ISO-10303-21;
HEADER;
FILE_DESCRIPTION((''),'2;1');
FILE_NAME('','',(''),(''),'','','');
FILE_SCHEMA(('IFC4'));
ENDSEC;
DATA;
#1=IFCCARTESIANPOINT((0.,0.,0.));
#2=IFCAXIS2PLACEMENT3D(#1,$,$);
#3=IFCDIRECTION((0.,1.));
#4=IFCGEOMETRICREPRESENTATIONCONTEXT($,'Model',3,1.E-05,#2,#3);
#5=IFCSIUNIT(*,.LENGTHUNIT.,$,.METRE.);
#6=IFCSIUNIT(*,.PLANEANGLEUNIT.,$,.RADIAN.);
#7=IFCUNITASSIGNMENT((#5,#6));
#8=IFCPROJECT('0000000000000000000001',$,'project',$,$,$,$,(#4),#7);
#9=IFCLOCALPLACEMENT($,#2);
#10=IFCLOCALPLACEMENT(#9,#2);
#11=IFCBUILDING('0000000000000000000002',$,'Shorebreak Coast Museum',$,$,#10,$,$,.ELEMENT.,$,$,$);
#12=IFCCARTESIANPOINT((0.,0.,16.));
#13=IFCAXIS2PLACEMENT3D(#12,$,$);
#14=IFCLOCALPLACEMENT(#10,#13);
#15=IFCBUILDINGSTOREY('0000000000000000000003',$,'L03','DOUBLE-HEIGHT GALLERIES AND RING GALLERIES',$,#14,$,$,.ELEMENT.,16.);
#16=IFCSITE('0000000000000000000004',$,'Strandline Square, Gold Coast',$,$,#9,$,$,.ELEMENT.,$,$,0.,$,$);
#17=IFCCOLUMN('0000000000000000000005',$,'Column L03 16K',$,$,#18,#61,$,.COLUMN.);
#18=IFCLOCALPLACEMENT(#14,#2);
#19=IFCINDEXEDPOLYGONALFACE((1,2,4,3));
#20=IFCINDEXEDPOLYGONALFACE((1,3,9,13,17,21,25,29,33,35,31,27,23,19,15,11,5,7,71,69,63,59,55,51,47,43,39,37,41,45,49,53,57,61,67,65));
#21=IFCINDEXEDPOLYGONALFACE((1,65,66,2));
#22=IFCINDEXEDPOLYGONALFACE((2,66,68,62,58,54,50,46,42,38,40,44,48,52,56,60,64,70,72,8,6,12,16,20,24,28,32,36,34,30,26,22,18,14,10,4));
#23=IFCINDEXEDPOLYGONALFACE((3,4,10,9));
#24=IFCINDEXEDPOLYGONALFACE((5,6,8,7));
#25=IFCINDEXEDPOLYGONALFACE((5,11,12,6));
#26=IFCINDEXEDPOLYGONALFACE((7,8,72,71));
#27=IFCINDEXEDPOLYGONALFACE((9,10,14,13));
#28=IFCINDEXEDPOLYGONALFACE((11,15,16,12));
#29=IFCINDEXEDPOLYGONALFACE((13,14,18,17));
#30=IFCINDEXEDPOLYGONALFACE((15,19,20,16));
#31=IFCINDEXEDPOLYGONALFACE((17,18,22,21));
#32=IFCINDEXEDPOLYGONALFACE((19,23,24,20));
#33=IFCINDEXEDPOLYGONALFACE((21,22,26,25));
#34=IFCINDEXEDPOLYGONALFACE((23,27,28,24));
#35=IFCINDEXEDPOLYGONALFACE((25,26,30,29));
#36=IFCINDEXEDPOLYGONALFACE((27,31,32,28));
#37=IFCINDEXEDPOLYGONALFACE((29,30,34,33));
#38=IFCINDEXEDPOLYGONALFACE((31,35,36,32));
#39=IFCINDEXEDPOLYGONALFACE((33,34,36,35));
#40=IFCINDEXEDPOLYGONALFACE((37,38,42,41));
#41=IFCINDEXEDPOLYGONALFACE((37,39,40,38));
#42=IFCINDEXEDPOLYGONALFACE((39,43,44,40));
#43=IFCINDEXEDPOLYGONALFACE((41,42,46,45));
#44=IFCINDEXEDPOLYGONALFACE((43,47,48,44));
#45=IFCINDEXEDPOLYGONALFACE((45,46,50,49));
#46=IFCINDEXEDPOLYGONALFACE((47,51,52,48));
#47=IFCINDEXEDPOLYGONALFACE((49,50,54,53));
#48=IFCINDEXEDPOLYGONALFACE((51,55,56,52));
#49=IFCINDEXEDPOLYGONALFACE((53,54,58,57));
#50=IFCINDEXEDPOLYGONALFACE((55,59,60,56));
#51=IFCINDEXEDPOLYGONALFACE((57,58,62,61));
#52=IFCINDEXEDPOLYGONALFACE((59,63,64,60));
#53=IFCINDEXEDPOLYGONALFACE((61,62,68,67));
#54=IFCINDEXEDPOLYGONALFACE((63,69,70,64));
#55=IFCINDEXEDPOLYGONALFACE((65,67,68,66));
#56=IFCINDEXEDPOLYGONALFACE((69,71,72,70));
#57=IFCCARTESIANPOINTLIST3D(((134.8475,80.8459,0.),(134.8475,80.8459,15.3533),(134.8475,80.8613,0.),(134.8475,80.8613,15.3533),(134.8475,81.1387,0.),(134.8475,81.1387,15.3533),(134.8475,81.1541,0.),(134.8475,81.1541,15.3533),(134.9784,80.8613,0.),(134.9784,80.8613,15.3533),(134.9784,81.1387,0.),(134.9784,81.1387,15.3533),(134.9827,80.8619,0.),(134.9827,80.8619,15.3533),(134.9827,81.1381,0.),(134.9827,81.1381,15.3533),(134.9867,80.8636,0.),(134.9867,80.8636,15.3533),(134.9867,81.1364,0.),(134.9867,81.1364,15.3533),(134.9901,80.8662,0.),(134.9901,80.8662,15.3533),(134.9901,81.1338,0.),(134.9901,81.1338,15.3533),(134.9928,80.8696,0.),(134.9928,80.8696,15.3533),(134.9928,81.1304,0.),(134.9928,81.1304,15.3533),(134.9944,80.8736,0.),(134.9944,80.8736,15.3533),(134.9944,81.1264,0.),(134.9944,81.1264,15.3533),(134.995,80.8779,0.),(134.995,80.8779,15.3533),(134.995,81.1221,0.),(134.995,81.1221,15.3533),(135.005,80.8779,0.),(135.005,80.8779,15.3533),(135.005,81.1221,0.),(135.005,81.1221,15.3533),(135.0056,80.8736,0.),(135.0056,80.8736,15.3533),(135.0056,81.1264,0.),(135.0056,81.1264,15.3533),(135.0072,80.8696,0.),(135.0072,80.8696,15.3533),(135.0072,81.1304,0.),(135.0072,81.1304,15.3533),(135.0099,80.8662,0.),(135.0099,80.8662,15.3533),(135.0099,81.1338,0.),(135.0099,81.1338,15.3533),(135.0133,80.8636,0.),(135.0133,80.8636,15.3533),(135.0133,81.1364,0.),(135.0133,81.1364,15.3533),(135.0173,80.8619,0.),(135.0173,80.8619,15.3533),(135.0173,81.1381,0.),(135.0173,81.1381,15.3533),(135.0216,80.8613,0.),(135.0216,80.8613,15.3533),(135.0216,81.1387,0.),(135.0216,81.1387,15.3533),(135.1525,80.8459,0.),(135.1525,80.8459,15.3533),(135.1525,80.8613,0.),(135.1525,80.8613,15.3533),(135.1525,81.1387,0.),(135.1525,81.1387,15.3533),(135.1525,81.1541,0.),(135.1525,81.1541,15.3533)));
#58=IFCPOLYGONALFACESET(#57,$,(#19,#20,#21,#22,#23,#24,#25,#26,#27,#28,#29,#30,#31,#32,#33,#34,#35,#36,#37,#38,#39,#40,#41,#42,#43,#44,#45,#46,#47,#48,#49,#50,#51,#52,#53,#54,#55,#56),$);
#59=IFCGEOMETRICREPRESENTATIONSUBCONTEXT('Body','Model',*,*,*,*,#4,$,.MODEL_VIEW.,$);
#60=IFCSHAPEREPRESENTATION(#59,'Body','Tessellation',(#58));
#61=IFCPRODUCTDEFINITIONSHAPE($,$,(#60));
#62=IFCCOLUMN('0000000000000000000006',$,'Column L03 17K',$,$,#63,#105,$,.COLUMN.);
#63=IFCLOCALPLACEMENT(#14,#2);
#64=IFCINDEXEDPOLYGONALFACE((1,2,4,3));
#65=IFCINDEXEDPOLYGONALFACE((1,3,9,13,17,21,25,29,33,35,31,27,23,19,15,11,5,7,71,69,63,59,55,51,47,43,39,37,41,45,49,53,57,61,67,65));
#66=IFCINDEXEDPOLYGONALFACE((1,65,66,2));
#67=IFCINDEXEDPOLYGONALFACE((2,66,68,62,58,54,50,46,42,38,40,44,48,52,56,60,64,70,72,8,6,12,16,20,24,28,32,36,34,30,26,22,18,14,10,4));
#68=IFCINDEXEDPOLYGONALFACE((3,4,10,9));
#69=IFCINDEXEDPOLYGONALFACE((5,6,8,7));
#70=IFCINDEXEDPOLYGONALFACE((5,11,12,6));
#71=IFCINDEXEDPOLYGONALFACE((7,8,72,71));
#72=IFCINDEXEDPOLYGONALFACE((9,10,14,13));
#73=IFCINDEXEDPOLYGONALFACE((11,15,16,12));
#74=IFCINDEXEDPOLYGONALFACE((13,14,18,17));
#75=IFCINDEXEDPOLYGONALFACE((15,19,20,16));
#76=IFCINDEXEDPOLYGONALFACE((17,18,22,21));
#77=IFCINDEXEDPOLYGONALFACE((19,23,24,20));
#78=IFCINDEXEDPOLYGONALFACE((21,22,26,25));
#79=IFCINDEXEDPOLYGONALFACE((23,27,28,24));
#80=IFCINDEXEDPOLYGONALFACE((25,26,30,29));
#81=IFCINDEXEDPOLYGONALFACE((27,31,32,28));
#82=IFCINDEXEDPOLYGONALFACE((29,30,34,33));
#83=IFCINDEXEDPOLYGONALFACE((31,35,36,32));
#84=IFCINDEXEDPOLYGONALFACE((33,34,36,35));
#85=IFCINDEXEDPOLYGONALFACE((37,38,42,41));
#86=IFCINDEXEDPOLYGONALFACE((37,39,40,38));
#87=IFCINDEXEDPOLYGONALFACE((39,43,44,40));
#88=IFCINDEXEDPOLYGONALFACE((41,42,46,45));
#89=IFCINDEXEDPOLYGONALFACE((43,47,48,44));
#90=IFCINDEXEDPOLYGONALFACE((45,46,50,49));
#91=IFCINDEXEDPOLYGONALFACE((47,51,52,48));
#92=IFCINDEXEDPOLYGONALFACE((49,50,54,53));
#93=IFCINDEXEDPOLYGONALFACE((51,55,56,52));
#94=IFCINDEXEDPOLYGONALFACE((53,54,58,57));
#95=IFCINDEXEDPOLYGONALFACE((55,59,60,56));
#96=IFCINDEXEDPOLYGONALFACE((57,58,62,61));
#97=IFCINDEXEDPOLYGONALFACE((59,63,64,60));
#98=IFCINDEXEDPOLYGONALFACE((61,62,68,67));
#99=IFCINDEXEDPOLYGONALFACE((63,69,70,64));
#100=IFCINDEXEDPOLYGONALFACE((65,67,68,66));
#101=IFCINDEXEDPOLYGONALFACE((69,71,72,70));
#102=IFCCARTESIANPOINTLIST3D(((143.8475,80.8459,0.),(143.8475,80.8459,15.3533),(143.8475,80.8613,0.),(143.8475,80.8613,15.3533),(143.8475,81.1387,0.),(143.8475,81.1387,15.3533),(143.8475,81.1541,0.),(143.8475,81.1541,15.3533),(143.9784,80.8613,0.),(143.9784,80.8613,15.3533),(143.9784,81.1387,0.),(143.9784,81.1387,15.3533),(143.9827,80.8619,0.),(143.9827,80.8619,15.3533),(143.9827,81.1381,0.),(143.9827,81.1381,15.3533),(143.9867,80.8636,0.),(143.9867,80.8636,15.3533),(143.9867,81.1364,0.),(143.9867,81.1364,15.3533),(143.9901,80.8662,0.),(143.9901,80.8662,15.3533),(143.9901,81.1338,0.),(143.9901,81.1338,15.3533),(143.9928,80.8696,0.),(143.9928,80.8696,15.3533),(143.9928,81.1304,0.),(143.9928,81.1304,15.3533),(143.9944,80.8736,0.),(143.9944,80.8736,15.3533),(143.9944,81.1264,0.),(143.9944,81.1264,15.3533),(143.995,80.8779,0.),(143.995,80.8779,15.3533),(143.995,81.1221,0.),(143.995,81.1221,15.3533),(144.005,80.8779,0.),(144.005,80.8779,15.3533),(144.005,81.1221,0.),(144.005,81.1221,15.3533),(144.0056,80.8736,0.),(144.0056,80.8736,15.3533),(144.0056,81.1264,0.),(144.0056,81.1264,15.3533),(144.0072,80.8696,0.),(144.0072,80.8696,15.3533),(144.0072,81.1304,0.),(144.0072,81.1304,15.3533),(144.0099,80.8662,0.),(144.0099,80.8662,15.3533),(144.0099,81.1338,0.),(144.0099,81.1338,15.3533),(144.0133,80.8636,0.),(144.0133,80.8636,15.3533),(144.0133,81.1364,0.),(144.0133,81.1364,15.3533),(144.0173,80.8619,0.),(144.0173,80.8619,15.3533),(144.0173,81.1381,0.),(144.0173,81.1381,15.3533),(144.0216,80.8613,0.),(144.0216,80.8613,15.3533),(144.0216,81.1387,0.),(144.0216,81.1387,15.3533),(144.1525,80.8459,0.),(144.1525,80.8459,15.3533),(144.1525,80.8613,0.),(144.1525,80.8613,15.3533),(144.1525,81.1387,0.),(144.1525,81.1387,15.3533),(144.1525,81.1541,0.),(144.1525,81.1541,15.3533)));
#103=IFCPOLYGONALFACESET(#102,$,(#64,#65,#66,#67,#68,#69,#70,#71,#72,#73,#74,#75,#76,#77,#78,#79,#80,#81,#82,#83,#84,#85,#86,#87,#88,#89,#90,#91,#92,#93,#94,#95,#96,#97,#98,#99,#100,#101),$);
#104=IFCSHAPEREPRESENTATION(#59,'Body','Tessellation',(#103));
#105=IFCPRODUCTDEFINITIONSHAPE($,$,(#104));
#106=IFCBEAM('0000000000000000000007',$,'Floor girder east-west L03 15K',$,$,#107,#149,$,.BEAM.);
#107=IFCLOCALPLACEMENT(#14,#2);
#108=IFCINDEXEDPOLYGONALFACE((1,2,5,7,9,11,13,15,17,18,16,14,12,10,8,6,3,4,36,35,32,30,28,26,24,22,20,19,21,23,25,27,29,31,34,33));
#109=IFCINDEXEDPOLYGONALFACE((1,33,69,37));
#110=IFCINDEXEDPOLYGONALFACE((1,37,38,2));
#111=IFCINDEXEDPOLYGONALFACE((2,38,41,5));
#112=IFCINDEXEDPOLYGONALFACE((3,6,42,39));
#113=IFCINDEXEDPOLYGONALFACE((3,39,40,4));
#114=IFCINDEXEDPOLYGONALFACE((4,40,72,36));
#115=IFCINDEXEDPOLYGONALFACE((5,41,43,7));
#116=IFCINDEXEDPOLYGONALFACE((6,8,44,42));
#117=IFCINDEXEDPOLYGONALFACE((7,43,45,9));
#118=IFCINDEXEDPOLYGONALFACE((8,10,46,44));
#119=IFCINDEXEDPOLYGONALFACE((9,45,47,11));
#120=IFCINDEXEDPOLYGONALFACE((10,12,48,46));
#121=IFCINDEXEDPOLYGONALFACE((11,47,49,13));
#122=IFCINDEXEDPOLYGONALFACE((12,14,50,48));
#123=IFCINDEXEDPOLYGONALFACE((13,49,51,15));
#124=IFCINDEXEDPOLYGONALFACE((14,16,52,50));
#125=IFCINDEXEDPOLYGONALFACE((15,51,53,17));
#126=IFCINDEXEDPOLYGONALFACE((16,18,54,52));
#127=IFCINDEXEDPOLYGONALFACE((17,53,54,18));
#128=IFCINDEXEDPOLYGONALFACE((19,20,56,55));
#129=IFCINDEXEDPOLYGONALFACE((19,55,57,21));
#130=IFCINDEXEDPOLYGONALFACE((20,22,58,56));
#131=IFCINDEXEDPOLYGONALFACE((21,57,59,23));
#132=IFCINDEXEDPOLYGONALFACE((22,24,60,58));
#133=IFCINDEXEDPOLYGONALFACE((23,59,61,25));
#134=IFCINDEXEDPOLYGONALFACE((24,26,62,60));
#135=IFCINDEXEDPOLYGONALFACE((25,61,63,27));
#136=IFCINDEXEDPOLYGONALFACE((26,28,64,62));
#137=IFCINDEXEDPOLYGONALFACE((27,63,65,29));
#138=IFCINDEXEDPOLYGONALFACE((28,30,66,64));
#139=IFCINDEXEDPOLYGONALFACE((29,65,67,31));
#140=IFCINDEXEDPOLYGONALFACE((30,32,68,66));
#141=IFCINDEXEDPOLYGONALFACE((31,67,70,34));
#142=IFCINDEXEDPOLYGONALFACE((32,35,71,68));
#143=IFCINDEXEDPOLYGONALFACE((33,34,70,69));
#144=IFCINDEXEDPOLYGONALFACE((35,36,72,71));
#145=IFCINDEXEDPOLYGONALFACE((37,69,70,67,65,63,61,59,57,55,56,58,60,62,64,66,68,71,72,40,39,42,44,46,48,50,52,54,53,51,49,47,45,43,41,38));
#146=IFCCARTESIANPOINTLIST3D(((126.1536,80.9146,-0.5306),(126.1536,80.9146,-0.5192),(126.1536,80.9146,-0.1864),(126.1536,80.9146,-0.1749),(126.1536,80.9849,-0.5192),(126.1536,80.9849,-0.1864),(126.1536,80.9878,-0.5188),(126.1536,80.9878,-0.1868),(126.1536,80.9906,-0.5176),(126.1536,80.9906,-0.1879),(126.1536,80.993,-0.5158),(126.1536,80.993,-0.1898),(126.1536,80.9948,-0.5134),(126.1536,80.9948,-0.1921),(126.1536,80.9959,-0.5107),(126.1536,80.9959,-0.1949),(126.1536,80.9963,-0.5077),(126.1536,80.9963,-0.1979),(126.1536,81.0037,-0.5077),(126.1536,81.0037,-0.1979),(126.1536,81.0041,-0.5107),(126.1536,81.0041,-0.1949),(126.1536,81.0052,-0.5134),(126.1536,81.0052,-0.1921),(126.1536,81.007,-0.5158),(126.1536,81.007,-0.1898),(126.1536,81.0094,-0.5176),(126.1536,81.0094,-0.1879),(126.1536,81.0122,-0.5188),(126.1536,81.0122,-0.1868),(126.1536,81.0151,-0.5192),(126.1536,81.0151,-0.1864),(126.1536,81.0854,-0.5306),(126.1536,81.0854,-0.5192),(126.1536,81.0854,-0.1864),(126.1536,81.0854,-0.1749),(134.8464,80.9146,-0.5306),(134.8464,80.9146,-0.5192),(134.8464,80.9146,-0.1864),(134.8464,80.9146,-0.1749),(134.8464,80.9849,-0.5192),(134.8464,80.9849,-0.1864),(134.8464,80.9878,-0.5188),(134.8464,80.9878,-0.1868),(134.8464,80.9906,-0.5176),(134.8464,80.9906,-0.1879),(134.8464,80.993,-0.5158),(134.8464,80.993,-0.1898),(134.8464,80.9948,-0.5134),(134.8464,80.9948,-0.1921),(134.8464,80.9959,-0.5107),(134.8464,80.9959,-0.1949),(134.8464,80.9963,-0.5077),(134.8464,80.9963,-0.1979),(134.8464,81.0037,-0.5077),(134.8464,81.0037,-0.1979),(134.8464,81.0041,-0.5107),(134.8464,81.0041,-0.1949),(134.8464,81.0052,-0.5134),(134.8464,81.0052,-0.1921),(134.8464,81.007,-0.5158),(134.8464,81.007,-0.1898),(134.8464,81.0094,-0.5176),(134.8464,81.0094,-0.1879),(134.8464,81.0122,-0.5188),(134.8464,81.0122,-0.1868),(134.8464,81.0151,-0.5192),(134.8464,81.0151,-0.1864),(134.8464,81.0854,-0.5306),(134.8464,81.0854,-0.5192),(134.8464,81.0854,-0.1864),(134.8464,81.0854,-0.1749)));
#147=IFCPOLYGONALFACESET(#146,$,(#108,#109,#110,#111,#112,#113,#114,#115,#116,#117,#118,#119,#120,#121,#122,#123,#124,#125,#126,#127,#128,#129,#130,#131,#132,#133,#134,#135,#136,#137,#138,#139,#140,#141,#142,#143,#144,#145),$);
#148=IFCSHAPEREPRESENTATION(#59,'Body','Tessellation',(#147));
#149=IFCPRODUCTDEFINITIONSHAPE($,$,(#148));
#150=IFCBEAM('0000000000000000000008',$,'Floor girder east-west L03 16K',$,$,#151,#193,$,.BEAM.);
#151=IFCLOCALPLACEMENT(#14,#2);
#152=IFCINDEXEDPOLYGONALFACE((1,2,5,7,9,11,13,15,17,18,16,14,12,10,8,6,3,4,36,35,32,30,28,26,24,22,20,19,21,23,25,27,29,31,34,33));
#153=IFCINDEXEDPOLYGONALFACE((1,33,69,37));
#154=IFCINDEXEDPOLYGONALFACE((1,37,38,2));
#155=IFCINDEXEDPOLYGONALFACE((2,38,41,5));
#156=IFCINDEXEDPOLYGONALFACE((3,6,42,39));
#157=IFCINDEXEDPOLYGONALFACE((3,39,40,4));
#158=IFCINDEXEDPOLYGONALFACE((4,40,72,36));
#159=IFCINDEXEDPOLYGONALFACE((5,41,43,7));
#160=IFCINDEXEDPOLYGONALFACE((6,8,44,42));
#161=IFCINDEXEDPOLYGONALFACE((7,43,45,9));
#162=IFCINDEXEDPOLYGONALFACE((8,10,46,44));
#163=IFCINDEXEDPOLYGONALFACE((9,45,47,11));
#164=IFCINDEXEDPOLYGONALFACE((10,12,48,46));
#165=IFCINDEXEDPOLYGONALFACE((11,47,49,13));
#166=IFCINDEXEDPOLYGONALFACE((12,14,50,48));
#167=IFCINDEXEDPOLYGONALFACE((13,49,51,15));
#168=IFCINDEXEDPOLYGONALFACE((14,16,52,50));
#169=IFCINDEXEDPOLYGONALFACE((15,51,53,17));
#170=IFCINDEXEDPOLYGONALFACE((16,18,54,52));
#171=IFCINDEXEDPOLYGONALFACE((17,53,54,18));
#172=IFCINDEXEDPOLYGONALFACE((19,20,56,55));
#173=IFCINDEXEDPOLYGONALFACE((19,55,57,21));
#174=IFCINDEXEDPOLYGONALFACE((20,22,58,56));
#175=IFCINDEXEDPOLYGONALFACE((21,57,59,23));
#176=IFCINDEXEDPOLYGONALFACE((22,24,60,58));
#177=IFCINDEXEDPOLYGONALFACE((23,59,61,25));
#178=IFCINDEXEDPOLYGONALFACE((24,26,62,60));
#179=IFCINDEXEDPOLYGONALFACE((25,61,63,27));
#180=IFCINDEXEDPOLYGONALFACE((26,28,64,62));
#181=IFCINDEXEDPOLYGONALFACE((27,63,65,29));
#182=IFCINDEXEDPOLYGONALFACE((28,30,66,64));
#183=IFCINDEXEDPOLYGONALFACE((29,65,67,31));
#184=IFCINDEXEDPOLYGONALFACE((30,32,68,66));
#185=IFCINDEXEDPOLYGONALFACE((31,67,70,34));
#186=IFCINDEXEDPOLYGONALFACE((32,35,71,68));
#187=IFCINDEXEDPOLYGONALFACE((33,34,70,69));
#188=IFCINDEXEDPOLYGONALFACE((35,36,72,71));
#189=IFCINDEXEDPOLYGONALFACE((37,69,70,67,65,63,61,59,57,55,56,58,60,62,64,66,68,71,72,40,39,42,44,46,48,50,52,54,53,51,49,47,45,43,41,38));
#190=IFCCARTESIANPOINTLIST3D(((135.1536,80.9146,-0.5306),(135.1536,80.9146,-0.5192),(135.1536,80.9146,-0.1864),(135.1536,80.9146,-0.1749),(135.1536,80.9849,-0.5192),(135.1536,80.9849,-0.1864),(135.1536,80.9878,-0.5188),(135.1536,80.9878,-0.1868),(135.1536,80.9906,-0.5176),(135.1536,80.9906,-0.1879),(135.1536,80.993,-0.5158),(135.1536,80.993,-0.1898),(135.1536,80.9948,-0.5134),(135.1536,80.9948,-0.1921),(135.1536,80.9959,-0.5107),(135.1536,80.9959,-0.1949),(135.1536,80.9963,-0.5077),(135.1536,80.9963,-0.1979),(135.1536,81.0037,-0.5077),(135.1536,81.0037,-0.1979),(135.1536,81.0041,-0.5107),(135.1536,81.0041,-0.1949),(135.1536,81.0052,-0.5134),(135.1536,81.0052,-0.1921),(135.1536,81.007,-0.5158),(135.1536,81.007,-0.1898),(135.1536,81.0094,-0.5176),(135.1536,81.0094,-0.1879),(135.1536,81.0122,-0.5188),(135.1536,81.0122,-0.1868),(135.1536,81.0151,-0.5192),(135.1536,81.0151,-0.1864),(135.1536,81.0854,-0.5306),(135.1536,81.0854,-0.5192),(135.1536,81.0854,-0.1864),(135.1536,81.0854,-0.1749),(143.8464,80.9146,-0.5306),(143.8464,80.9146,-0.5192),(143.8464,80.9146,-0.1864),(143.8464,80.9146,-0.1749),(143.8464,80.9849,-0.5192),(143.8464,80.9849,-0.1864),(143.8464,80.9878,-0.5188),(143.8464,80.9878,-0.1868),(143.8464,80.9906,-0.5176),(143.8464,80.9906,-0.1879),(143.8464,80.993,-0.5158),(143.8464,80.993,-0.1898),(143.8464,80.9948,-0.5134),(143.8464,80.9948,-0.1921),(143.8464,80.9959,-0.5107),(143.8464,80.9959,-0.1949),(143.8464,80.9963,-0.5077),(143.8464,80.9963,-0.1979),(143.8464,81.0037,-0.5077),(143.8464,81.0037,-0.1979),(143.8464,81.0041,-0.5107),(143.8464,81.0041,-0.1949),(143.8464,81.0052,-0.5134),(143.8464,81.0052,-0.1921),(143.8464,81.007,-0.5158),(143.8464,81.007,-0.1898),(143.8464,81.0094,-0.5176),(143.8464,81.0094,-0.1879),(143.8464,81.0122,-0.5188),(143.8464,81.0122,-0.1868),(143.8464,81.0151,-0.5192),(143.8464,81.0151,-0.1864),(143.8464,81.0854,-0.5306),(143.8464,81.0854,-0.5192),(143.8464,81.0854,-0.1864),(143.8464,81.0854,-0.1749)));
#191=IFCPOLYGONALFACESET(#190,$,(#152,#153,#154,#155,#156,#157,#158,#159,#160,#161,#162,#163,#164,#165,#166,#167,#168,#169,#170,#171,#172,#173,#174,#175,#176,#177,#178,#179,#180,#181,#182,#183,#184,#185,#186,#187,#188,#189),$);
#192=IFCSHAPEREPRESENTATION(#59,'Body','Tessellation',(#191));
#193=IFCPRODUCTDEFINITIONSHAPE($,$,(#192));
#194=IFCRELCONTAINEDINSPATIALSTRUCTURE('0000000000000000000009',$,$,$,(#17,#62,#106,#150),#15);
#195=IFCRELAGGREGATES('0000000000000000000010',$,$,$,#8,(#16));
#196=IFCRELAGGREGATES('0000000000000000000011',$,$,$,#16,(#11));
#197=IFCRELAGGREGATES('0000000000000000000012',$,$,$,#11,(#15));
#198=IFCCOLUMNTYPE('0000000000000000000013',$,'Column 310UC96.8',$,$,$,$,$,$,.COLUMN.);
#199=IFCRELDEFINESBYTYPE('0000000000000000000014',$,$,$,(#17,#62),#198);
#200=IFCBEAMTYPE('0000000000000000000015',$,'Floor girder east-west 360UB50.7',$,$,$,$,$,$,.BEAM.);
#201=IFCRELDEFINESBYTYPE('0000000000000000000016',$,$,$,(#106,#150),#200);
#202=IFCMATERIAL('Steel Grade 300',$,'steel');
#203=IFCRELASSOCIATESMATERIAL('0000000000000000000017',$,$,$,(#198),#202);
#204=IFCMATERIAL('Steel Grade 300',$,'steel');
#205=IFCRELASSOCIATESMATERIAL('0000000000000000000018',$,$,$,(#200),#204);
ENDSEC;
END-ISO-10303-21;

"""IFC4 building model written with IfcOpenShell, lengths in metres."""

from ifc_helpers import new_model, si_unit, direction, frame, origin, origin_2d, place, context, subcontext, project, spatial, i_section, extrude, material, material_profile, profile_set, type_object, element, save


model = new_model("IFC4")

# Units and contexts
model_context = context("Model", 3, precision=1e-05, world=origin(), true_north=direction((0.0, 1.0)))
body_context = subcontext(model_context, "Body", "Model", "MODEL_VIEW")
ifc_project = project(units=[si_unit("LENGTHUNIT", "METRE"), si_unit("PLANEANGLEUNIT", "RADIAN")], contexts=[model_context])

# Site, building, storey
site_placement = place(None, origin())
site = spatial("IfcSite", under=ifc_project, at=site_placement, Name="Strandline Square, Gold Coast", CompositionType="ELEMENT", RefElevation=0.0)
building_placement = place(site_placement, origin())
building = spatial("IfcBuilding", under=site, at=building_placement, Name="Shorebreak Coast Museum", CompositionType="ELEMENT")
storey_placement = place(building_placement, frame((0.0, 0.0, 16.0)))
storey = spatial("IfcBuildingStorey", under=building, at=storey_placement, Name="L03", Description="DOUBLE-HEIGHT GALLERIES AND RING GALLERIES", CompositionType="ELEMENT", Elevation=16.0)

# Columns
ifc_material_1 = material(Name="Steel Grade 300", Category="steel")
ifc_material_profile_1 = material_profile(ifc_material_1, i_section(OverallWidth=0.3049, OverallDepth=0.3081, WebThickness=0.01, FlangeThickness=0.0154, FilletRadius=0.0166, at=origin_2d()), Name="310UC96.8")
ifc_profile_set_1 = profile_set([ifc_material_profile_1], Name="Steel Grade 300")
column_type = type_object("IfcColumnType", Name="Column 310UC96.8", PredefinedType="COLUMN", material=ifc_profile_set_1)
for number, where, z_axis, x_axis, name in (
    (1, (135.0, 81.0, 0.0), (0.0, 0.0, 1.0), (1.0, 0.0, 0.0), "Column L03 16K"),
    (2, (144.0, 81.0, 0.0), (0.0, 0.0, 1.0), (1.0, 0.0, 0.0), "Column L03 17K"),
):
    element("IfcColumn", number, at=place(storey_placement, frame(where, z_axis=z_axis, x_axis=x_axis)), inside=storey, type_object=column_type, Name=name, PredefinedType="COLUMN", context=body_context, shape_type="SweptSolid", body=[
        extrude(i_section(OverallWidth=0.3049, OverallDepth=0.3081, WebThickness=0.01, FlangeThickness=0.0154, FilletRadius=0.0166, at=origin_2d()), origin(), (0.0, 0.0, 1.0), 15.3533),
    ])

# Beams
ifc_material_2 = material(Name="Steel Grade 300", Category="steel")
ifc_material_profile_2 = material_profile(ifc_material_2, i_section(OverallWidth=0.1709, OverallDepth=0.3557, WebThickness=0.0073, FlangeThickness=0.0115, FilletRadius=0.0115, at=origin_2d()), Name="360UB50.7")
ifc_profile_set_2 = profile_set([ifc_material_profile_2], Name="Steel Grade 300")
beam_type_1 = type_object("IfcBeamType", Name="Floor girder east-west 360UB50.7", PredefinedType="BEAM", material=ifc_profile_set_2)
for number, where, z_axis, x_axis, name in (
    (3, (126.1536, 81.0, -0.3528), (1.0, 0.0, 0.0), (0.0, 1.0, 0.0), "Floor girder east-west L03 15K"),
    (4, (135.1536, 81.0, -0.3528), (1.0, 0.0, 0.0), (0.0, 1.0, 0.0), "Floor girder east-west L03 16K"),
):
    element("IfcBeam", number, at=place(storey_placement, frame(where, z_axis=z_axis, x_axis=x_axis)), inside=storey, type_object=beam_type_1, Name=name, PredefinedType="BEAM", context=body_context, shape_type="SweptSolid", body=[
        extrude(i_section(OverallWidth=0.1709, OverallDepth=0.3557, WebThickness=0.0073, FlangeThickness=0.0115, FilletRadius=0.0115, at=origin_2d()), origin(), (0.0, 0.0, 1.0), 8.6929),
    ])

save(model, "model.ifc")
